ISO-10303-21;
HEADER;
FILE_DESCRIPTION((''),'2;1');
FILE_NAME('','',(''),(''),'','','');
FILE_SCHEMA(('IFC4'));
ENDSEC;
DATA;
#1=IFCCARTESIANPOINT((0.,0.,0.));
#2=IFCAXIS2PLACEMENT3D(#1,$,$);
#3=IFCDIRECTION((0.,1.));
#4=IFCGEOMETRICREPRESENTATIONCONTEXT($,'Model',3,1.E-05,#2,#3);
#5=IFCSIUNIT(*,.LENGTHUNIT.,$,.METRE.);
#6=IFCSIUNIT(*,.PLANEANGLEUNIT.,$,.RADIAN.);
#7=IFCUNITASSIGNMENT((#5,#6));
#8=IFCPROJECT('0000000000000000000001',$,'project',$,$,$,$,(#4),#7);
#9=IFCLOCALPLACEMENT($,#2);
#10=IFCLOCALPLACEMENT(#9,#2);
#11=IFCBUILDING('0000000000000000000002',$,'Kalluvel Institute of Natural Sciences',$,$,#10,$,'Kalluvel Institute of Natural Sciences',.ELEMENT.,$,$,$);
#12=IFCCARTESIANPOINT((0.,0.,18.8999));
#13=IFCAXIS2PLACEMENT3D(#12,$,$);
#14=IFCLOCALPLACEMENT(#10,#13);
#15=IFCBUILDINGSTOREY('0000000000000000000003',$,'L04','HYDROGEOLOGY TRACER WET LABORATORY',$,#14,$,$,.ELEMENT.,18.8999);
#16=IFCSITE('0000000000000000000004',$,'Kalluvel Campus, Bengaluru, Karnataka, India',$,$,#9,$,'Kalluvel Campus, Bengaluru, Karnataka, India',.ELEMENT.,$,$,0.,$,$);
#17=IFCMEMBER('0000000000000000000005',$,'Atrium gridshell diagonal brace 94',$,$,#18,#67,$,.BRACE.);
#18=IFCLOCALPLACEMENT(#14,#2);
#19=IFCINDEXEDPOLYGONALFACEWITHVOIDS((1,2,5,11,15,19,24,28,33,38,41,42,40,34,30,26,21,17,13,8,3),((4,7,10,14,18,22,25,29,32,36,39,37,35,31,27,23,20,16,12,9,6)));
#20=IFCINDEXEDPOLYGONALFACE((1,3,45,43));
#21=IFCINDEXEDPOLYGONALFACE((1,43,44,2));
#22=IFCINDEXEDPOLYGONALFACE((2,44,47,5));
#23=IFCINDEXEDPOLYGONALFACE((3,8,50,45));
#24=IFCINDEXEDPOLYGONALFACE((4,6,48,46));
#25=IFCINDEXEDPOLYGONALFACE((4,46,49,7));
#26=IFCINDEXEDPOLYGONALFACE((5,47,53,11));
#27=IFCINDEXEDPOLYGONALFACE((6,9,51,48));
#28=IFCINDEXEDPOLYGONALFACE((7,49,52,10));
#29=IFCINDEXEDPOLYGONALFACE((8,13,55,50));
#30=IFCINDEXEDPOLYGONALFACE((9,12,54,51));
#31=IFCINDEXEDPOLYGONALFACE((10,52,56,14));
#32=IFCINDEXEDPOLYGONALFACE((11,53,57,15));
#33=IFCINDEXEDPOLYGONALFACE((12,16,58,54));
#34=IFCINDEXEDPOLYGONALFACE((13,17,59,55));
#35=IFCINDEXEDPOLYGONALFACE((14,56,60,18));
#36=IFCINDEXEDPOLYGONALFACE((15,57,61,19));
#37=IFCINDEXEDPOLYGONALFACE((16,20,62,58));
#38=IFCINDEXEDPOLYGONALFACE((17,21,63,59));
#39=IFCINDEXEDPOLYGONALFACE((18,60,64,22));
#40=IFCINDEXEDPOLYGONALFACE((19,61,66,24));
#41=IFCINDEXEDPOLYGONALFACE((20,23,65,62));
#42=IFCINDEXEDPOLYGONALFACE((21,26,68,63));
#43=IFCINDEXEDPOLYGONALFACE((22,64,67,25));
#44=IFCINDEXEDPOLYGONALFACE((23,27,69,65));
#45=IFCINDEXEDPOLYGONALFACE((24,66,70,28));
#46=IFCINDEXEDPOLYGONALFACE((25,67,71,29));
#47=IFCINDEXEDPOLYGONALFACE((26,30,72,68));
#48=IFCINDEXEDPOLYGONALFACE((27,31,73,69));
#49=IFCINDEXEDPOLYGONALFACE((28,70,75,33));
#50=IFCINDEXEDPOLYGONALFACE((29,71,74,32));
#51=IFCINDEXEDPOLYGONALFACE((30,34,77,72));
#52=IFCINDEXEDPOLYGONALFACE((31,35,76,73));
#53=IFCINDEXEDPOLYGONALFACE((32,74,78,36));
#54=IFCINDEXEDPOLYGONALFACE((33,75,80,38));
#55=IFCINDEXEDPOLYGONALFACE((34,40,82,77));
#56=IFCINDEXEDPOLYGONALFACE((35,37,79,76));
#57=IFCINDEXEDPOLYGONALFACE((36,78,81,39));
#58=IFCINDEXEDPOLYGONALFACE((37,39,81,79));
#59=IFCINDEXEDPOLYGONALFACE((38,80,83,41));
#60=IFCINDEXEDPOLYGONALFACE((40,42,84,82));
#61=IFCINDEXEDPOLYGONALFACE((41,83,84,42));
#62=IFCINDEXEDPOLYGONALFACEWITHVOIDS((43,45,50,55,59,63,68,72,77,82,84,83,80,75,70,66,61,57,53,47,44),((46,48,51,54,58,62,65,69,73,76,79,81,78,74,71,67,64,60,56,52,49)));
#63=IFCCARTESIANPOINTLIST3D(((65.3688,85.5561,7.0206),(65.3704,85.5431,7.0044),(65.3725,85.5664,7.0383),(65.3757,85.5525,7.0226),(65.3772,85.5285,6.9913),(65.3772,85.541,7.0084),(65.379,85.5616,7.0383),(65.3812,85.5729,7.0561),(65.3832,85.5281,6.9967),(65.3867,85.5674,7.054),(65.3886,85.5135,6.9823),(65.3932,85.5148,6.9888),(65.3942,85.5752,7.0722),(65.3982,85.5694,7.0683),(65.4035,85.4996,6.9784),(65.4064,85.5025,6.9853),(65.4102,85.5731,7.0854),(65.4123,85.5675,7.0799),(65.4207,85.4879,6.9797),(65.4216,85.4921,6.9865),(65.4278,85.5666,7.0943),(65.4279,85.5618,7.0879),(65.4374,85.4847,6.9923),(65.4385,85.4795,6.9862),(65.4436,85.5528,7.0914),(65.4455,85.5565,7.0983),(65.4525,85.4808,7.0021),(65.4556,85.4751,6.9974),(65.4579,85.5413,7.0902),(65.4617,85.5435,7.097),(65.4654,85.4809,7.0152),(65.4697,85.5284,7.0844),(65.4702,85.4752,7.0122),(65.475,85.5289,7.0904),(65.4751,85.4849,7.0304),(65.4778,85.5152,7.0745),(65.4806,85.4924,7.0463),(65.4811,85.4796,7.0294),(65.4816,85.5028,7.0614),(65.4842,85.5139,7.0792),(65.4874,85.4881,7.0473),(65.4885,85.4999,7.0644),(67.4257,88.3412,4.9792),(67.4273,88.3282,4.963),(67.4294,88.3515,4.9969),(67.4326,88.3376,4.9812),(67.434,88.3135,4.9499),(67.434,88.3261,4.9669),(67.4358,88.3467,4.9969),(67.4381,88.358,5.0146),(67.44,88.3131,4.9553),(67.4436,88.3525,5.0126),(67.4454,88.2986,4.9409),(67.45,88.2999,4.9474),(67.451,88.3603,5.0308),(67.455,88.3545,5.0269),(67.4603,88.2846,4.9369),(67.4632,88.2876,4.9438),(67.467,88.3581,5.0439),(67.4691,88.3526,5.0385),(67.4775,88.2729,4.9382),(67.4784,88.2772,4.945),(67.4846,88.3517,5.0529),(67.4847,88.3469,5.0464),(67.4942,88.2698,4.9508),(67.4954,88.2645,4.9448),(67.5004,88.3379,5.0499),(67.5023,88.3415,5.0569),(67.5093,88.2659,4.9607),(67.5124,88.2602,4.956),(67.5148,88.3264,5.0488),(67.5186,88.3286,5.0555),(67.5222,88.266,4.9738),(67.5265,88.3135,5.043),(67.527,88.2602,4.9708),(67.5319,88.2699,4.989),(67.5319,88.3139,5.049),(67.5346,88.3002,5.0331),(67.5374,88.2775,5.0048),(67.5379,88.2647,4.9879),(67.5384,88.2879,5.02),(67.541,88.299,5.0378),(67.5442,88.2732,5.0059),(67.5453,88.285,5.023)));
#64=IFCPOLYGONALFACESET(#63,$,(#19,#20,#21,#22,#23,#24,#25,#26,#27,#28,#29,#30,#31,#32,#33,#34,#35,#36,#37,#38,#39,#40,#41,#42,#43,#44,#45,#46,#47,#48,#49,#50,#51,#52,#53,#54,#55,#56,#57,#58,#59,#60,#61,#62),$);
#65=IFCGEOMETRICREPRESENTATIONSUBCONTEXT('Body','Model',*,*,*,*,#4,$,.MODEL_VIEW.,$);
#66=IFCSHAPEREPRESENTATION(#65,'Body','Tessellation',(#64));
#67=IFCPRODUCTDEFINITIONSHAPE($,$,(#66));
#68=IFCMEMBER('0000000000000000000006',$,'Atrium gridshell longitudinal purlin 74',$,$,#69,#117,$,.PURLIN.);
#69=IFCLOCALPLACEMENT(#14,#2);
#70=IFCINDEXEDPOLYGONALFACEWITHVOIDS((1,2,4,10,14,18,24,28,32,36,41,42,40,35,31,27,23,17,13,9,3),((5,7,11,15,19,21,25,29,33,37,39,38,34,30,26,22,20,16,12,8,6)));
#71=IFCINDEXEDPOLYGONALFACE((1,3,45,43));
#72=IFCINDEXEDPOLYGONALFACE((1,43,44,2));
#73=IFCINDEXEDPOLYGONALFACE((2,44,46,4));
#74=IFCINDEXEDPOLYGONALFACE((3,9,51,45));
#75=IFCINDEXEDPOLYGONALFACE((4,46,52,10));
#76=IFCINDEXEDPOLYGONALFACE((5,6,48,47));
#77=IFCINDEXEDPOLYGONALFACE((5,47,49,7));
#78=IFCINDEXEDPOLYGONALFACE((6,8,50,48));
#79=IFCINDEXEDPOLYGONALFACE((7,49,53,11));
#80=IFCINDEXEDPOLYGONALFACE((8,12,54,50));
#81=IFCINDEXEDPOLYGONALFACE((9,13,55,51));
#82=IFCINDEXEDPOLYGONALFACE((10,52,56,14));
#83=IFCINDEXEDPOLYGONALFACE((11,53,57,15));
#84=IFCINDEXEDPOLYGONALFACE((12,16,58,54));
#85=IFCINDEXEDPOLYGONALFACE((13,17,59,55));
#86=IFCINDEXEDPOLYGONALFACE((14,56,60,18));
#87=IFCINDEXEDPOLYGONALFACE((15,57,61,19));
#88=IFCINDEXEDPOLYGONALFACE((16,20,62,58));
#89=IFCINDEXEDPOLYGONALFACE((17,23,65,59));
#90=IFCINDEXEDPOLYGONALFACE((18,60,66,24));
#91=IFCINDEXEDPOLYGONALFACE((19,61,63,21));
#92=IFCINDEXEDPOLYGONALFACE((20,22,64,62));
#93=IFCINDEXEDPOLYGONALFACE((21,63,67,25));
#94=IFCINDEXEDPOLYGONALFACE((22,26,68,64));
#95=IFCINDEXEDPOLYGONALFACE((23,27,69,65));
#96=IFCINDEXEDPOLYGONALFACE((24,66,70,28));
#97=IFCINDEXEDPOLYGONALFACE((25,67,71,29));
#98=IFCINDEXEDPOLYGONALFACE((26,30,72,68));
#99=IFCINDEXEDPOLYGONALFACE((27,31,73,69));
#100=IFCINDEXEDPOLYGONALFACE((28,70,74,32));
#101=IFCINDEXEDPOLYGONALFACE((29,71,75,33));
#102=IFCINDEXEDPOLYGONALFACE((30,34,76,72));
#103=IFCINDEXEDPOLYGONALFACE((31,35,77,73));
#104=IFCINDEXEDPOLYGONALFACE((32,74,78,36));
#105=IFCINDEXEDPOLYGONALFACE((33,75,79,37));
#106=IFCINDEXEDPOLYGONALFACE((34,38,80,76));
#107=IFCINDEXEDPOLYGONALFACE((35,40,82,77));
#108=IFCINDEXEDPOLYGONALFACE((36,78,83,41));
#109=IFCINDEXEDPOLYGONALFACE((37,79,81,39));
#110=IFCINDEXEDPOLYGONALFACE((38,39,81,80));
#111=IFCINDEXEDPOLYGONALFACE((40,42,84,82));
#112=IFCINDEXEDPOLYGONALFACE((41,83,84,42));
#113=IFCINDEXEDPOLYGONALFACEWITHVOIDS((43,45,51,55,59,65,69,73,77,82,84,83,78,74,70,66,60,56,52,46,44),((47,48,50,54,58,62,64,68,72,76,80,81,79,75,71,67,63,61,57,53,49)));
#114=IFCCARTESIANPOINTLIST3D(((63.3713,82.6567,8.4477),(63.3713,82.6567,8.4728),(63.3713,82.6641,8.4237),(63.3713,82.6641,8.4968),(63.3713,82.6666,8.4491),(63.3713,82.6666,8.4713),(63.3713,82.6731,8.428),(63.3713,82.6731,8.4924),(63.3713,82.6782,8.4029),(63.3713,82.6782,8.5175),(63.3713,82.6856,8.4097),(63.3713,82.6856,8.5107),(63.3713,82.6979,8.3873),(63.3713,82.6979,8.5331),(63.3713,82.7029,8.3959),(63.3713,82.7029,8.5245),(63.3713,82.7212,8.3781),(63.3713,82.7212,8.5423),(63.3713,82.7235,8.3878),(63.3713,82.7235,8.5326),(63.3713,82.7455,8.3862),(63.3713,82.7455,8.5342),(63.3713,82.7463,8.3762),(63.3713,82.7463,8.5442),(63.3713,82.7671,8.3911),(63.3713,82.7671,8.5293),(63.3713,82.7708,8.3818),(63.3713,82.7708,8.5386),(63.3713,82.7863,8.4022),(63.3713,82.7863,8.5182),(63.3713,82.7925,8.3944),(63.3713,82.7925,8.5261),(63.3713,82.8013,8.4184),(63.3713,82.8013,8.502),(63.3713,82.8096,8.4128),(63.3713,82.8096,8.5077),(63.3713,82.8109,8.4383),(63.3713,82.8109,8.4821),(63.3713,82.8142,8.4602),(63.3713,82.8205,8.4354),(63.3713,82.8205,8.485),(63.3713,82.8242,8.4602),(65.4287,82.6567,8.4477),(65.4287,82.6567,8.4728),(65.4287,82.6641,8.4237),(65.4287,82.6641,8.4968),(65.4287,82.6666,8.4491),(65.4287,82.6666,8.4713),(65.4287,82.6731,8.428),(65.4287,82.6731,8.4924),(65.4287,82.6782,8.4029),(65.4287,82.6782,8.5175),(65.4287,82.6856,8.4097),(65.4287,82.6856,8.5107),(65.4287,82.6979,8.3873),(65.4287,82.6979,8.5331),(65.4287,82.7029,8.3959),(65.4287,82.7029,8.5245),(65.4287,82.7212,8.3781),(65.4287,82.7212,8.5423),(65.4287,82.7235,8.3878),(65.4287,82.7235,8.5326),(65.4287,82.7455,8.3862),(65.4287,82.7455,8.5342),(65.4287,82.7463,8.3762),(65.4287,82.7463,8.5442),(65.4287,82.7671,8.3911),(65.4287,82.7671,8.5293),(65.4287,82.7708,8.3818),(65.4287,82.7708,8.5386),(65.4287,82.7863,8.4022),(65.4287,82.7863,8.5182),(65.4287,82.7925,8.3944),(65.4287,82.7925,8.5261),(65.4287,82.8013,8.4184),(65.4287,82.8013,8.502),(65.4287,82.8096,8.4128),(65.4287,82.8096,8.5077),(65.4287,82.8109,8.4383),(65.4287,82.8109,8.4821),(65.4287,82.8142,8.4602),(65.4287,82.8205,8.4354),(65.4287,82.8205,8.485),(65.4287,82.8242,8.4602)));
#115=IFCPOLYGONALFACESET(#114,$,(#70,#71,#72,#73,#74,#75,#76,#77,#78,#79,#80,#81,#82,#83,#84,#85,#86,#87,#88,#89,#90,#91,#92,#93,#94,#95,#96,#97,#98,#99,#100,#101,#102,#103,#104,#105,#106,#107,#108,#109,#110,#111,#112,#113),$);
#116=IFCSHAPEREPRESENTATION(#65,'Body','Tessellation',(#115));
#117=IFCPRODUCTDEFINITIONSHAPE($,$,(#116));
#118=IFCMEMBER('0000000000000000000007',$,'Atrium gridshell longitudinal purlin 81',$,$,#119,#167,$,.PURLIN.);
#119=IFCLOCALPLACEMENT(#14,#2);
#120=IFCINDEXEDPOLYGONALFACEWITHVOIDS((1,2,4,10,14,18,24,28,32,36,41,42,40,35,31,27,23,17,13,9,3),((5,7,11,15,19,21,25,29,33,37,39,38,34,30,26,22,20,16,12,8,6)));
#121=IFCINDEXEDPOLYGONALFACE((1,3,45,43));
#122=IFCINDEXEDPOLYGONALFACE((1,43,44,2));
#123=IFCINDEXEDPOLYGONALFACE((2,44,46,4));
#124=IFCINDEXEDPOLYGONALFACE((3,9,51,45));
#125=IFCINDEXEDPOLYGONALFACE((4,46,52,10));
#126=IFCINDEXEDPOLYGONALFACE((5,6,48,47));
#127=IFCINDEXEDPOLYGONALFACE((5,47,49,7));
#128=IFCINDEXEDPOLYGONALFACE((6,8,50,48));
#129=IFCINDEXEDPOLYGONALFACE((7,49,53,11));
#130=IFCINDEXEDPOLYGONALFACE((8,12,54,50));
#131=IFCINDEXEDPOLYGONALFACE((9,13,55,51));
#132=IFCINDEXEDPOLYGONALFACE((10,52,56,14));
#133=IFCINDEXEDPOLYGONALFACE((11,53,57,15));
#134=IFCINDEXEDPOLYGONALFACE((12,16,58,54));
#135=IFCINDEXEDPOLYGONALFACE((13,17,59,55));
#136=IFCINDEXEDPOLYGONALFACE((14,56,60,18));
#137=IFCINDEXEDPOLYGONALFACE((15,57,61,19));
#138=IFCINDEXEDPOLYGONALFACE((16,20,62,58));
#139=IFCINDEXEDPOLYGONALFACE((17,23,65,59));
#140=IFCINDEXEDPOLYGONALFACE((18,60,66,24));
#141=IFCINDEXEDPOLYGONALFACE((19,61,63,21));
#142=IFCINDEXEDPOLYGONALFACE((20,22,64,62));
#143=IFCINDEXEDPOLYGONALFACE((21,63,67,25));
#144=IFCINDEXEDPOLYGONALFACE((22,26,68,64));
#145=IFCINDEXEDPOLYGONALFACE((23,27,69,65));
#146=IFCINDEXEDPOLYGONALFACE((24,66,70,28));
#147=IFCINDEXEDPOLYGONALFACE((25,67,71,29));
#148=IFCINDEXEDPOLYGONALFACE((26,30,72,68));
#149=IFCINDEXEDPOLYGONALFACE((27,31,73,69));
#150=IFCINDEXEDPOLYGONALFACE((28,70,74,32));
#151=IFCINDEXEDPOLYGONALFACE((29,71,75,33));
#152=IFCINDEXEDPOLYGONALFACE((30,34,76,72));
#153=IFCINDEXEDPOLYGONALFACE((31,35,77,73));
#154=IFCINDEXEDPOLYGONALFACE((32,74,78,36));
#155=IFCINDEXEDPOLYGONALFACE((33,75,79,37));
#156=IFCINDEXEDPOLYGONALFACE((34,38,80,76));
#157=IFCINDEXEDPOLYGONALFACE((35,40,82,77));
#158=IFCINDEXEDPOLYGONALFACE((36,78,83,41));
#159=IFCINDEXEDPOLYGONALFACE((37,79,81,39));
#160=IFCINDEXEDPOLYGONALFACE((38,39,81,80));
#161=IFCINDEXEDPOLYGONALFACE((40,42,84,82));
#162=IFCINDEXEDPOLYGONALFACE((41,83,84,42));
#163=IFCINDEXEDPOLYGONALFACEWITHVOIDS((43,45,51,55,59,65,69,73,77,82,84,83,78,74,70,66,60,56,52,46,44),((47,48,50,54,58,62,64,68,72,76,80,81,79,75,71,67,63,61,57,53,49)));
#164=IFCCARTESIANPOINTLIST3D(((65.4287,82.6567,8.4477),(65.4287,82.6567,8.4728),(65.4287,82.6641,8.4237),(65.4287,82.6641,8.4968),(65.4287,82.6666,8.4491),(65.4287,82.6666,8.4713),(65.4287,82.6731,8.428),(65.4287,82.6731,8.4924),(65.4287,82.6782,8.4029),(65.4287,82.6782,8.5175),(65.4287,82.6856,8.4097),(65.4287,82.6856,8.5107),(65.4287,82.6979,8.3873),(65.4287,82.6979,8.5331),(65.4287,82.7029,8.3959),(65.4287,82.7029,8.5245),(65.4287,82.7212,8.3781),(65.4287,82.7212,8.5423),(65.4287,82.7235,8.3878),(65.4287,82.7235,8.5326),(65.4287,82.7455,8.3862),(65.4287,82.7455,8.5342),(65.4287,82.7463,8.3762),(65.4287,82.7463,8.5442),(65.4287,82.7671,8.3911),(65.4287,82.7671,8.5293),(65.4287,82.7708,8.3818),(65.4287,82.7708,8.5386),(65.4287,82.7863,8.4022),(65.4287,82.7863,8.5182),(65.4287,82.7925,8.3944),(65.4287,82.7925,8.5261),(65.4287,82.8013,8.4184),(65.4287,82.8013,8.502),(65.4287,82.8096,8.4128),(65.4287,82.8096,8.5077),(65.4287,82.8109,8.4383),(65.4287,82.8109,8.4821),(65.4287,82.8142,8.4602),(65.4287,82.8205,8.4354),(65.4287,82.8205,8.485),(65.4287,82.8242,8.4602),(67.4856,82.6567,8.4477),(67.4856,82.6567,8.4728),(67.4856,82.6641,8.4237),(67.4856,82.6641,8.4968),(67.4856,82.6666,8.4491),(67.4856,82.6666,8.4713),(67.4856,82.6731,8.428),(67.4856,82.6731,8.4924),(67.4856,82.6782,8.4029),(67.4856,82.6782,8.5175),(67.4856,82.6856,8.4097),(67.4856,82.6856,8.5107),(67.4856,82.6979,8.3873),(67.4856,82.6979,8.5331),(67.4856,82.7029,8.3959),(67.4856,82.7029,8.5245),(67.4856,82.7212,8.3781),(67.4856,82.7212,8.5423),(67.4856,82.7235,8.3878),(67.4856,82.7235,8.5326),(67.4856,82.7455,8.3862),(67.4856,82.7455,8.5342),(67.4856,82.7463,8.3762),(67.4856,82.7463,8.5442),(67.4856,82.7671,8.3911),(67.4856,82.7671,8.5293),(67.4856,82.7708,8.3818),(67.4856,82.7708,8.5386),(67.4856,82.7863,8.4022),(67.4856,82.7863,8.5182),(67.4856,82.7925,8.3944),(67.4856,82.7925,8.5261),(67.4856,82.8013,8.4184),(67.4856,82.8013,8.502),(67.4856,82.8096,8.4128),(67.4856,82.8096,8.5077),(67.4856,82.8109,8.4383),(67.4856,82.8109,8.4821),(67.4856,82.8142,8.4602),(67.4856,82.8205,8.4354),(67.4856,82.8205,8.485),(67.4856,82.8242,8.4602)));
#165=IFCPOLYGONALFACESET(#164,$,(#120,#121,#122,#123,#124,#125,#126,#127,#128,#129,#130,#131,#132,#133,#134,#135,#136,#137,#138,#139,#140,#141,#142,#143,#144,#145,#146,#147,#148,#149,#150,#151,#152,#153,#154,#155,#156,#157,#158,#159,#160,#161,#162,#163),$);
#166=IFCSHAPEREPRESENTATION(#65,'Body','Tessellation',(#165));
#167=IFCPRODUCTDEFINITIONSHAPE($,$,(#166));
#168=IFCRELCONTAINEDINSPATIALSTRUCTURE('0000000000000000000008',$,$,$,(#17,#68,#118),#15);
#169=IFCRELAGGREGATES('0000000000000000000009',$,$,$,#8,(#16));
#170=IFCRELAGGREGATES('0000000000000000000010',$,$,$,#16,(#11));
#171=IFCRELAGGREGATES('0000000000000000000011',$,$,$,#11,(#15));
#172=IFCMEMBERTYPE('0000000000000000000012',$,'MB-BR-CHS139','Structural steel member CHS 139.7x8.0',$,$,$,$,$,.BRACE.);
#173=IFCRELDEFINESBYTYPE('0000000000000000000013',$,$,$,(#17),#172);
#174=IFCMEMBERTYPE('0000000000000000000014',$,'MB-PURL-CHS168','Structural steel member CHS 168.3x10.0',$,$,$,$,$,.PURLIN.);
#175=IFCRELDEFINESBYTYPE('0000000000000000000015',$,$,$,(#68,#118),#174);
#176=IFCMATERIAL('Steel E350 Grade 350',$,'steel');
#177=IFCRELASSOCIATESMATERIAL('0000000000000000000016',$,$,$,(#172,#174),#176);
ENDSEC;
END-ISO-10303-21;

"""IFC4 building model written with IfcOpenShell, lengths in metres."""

from ifc_helpers import new_model, si_unit, direction, frame, origin, origin_2d, place, context, subcontext, project, spatial, hollow_circle, extrude, material, material_profile, profile_set, type_object, element, save


model = new_model("IFC4")

# Units and contexts
model_context = context("Model", 3, precision=1e-05, world=origin(), true_north=direction((0.0, 1.0)))
body_context = subcontext(model_context, "Body", "Model", "MODEL_VIEW")
ifc_project = project(units=[si_unit("LENGTHUNIT", "METRE"), si_unit("PLANEANGLEUNIT", "RADIAN")], contexts=[model_context])

# Site, building, storey
site_placement = place(None, origin())
site = spatial("IfcSite", under=ifc_project, at=site_placement, Name="Kalluvel Campus, Bengaluru, Karnataka, India", LongName="Kalluvel Campus, Bengaluru, Karnataka, India", CompositionType="ELEMENT", RefElevation=0.0)
building_placement = place(site_placement, origin())
building = spatial("IfcBuilding", under=site, at=building_placement, Name="Kalluvel Institute of Natural Sciences", LongName="Kalluvel Institute of Natural Sciences", CompositionType="ELEMENT")
storey_placement = place(building_placement, frame((0.0, 0.0, 18.8999)))
storey = spatial("IfcBuildingStorey", under=building, at=storey_placement, Name="L04", Description="HYDROGEOLOGY TRACER WET LABORATORY", CompositionType="ELEMENT", Elevation=18.8999)

# Members
ifc_material_1 = material(Name="Steel E350 Grade 350", Category="steel")
ifc_material_profile_1 = material_profile(ifc_material_1, hollow_circle(Radius=0.0698, WallThickness=0.0081, at=origin_2d()), Name="CHS 139.7x8.0")
ifc_profile_set_1 = profile_set([ifc_material_profile_1], Name="Steel E350 Grade 350")
member_type_1 = type_object("IfcMemberType", Name="MB-BR-CHS139", Description="Structural steel member CHS 139.7x8.0", PredefinedType="BRACE", material=ifc_profile_set_1)
member_1_placement = place(storey_placement, frame((65.4287, 85.5249, 7.0383), z_axis=(0.511739, 0.692928, -0.507912), x_axis=(-0.804412, 0.594072, 0.0)))
element("IfcMember", 1, at=member_1_placement, inside=storey, type_object=member_type_1, Name="Atrium gridshell diagonal brace 94", PredefinedType="BRACE", context=body_context, shape_type="SweptSolid", body=[
    extrude(hollow_circle(Radius=0.0698, WallThickness=0.0081, at=origin_2d()), origin(), (0.0, 0.0, 1.0), 4.0193),
])
ifc_material_profile_2 = material_profile(ifc_material_1, hollow_circle(Radius=0.0842, WallThickness=0.01, at=origin_2d()), Name="CHS 168.3x10.0")
ifc_profile_set_2 = profile_set([ifc_material_profile_2], Name="Steel E350 Grade 350")
member_type_2 = type_object("IfcMemberType", Name="MB-PURL-CHS168", Description="Structural steel member CHS 168.3x10.0", PredefinedType="PURLIN", material=ifc_profile_set_2)
member_2_placement = place(storey_placement, frame((63.3713, 82.74, 8.4602), z_axis=(1.0, 0.0, 0.0), x_axis=(0.0, 1.0, 0.0)))
element("IfcMember", 2, at=member_2_placement, inside=storey, type_object=member_type_2, Name="Atrium gridshell longitudinal purlin 74", PredefinedType="PURLIN", context=body_context, shape_type="SweptSolid", body=[
    extrude(hollow_circle(Radius=0.0842, WallThickness=0.01, at=origin_2d()), origin(), (0.0, 0.0, 1.0), 2.0574),
])
member_3_placement = place(storey_placement, frame((65.4287, 82.74, 8.4602), z_axis=(1.0, 0.0, 0.0), x_axis=(0.0, 1.0, 0.0)))
element("IfcMember", 3, at=member_3_placement, inside=storey, type_object=member_type_2, Name="Atrium gridshell longitudinal purlin 81", PredefinedType="PURLIN", context=body_context, shape_type="SweptSolid", body=[
    extrude(hollow_circle(Radius=0.0842, WallThickness=0.01, at=origin_2d()), origin(), (0.0, 0.0, 1.0), 2.0569),
])

save(model, "model.ifc")
